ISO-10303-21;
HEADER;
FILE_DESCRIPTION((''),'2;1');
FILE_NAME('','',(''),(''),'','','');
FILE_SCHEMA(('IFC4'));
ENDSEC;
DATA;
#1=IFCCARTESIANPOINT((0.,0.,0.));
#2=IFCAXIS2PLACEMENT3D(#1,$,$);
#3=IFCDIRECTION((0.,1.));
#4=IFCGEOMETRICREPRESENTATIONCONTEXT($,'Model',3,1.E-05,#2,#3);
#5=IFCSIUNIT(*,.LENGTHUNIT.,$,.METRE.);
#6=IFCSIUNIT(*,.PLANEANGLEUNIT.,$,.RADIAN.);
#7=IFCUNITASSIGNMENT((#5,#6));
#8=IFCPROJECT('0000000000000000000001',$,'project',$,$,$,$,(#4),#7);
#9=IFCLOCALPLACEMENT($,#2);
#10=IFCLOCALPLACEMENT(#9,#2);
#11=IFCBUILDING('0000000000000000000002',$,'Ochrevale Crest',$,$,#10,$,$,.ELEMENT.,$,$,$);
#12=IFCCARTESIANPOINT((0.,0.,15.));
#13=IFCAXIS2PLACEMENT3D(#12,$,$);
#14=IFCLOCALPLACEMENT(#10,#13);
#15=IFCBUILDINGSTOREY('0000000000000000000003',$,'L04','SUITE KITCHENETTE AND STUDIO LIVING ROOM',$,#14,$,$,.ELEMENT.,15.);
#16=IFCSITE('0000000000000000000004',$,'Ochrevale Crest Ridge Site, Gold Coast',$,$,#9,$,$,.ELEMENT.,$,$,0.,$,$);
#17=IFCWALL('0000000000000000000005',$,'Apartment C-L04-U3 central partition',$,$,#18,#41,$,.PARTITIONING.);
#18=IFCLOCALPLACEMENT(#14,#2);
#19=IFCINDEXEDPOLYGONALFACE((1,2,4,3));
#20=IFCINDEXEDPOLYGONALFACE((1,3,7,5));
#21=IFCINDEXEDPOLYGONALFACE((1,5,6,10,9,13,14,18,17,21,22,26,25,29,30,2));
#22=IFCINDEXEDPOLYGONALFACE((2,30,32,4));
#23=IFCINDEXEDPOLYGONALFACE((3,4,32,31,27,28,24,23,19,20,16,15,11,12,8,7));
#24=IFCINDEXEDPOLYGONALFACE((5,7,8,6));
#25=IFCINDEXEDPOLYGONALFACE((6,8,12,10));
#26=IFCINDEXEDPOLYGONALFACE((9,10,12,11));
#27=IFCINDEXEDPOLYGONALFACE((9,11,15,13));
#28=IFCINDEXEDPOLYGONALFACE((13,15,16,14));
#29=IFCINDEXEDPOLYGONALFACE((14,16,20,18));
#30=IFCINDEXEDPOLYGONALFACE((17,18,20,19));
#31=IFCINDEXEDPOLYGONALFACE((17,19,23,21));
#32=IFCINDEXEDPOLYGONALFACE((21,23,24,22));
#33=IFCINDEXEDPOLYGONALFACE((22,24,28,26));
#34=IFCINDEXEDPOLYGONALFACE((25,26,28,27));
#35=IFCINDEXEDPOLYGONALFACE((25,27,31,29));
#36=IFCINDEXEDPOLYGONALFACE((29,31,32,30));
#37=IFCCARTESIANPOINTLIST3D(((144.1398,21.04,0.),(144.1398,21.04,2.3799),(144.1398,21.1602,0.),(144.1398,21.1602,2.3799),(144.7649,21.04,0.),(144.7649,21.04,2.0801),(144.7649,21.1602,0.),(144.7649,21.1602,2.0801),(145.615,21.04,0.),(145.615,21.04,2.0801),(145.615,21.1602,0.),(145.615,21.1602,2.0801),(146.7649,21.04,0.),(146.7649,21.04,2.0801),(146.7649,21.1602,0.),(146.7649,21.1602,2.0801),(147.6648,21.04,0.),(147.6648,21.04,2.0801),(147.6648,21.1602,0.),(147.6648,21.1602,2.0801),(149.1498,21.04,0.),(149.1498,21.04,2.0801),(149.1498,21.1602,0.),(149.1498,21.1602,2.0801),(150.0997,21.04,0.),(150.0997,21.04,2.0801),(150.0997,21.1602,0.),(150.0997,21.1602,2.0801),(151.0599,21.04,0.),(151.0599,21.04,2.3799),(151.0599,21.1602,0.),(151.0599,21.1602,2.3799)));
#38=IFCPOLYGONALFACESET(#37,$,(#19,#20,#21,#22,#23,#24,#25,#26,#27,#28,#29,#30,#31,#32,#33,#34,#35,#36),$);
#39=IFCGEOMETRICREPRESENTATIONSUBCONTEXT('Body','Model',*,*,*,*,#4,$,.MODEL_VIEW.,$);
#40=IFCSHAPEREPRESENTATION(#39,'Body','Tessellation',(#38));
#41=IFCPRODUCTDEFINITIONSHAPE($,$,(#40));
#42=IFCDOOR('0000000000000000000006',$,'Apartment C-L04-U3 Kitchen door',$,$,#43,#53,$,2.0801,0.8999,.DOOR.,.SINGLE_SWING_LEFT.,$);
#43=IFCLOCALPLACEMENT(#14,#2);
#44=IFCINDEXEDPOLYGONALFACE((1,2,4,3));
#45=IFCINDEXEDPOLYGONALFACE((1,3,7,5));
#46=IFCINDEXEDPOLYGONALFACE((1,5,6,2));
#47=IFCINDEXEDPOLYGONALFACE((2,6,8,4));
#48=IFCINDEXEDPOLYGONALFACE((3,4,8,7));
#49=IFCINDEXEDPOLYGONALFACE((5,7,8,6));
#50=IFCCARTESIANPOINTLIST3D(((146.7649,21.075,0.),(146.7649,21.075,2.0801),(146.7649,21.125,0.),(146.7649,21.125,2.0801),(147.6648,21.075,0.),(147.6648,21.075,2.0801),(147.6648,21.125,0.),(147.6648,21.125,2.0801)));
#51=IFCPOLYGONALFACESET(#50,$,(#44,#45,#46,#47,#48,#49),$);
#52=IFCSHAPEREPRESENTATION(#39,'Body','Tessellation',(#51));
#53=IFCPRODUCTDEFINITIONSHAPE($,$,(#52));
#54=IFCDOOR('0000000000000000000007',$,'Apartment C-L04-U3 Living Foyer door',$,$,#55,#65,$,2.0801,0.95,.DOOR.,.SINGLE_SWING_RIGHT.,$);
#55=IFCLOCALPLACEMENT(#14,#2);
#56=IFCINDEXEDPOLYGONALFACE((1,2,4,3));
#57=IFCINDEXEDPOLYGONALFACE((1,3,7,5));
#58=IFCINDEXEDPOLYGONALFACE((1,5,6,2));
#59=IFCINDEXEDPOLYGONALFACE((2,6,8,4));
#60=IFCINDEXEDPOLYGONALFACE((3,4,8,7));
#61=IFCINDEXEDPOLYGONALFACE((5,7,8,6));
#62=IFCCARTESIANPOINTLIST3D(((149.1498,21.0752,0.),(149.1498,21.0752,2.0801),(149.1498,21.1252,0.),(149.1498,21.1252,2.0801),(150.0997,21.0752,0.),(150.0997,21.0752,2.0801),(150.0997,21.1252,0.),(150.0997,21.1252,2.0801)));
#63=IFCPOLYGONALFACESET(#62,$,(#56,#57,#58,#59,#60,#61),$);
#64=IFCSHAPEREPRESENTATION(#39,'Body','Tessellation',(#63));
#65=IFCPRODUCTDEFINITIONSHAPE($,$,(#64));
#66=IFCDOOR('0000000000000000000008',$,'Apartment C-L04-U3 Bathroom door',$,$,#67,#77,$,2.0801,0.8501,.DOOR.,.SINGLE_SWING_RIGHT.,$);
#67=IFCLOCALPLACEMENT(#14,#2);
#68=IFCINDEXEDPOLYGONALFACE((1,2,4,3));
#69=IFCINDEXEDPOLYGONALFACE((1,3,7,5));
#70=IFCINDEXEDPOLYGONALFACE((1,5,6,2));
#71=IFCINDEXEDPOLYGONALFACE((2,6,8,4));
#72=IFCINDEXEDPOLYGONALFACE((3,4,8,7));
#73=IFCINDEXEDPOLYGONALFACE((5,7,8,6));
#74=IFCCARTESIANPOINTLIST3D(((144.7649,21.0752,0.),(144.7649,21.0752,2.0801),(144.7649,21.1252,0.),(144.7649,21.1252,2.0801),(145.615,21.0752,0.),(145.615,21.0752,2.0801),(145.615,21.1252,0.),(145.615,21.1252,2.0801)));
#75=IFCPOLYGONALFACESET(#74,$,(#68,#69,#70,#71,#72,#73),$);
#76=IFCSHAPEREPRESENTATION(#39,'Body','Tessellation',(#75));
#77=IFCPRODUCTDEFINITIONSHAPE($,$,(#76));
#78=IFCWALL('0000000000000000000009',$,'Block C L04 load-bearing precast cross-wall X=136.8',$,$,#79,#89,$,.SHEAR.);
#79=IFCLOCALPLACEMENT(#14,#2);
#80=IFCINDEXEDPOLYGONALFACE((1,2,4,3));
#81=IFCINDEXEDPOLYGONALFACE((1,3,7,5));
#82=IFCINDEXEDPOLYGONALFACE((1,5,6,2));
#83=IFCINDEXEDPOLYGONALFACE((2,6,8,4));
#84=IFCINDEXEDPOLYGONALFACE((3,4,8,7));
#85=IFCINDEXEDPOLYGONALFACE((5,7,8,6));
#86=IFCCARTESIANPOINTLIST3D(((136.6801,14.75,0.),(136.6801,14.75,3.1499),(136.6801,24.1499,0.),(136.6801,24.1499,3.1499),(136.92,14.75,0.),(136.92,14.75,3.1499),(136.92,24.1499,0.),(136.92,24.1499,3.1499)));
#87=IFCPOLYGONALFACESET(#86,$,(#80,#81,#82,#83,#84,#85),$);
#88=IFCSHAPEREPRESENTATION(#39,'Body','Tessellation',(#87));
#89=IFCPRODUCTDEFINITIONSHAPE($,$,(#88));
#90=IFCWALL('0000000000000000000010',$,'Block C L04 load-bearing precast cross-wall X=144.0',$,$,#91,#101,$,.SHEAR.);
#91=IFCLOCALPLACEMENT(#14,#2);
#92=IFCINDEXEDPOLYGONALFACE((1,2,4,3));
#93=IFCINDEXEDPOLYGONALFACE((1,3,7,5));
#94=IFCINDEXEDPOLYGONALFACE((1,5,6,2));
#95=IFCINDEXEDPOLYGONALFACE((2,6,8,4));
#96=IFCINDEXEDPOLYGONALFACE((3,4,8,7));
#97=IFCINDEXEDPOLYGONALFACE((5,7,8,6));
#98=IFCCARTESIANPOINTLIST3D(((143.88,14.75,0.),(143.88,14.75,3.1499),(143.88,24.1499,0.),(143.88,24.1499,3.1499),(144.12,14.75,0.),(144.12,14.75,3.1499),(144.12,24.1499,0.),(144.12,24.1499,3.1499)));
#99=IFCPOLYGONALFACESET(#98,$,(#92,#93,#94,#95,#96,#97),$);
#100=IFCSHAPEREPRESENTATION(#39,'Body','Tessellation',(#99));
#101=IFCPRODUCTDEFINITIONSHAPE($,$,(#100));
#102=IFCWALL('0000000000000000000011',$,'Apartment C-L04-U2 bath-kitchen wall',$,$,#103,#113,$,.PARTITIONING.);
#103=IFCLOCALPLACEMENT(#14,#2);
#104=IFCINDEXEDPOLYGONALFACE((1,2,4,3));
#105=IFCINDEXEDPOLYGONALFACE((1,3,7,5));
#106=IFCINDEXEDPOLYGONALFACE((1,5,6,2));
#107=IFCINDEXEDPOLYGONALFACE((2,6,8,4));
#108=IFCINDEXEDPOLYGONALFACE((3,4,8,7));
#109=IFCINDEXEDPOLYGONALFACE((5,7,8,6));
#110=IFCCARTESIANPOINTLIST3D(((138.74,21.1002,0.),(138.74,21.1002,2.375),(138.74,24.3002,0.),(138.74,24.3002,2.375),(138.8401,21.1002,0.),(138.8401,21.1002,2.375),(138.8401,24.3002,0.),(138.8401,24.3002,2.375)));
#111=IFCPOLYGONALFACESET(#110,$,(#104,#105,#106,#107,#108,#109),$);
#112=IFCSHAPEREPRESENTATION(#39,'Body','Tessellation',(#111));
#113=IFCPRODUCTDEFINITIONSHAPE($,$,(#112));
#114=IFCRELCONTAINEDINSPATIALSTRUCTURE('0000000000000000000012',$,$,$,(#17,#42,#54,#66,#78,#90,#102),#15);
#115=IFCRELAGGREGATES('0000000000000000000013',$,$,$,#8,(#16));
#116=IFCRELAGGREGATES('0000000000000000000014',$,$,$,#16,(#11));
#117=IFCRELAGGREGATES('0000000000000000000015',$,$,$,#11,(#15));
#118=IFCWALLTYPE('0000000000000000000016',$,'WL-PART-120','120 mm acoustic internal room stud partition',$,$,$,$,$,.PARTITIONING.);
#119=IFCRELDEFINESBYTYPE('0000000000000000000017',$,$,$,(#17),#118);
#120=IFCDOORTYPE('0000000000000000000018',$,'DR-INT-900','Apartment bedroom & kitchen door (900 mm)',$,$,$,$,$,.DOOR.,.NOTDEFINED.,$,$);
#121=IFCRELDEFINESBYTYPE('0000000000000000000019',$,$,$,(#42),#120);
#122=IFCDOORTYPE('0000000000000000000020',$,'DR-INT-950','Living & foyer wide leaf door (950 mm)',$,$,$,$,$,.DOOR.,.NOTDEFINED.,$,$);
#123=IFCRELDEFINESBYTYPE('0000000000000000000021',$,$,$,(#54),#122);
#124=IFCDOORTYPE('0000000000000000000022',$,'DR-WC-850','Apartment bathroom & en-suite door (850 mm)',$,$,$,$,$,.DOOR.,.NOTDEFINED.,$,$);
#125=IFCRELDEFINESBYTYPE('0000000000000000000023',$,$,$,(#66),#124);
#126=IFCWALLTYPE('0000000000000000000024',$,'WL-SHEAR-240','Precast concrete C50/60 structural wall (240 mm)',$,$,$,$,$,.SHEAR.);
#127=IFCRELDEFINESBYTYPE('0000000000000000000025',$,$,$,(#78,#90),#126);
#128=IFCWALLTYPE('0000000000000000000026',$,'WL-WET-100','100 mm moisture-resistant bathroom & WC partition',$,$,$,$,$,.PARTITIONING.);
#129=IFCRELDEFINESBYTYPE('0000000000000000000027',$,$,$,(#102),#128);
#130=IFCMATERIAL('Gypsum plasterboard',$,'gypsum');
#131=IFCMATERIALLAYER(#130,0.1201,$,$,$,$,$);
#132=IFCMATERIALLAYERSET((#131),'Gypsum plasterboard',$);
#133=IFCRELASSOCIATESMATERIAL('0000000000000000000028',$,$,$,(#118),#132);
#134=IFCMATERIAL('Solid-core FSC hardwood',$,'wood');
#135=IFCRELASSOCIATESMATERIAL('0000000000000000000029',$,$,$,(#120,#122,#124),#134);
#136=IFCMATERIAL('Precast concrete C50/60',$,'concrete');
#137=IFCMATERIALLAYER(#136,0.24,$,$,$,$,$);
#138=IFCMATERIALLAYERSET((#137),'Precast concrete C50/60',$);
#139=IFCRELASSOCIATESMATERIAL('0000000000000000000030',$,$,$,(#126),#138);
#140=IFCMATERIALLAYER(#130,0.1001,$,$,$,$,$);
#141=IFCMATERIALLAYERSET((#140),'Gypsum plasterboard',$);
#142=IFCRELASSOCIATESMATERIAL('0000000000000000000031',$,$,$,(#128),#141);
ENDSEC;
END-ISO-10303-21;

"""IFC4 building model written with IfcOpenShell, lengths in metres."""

from ifc_helpers import new_model, si_unit, direction, frame, frame_2d, origin, place, context, subcontext, project, spatial, rectangle, extrude, material, layer, layer_set, type_object, element, fill, save


model = new_model("IFC4")

# Units and contexts
model_context = context("Model", 3, precision=1e-05, world=origin(), true_north=direction((0.0, 1.0)))
body_context = subcontext(model_context, "Body", "Model", "MODEL_VIEW")
ifc_project = project(units=[si_unit("LENGTHUNIT", "METRE"), si_unit("PLANEANGLEUNIT", "RADIAN")], contexts=[model_context])

# Site, building, storey
site_placement = place(None, origin())
site = spatial("IfcSite", under=ifc_project, at=site_placement, Name="Ochrevale Crest Ridge Site, Gold Coast", CompositionType="ELEMENT", RefElevation=0.0)
building_placement = place(site_placement, origin())
building = spatial("IfcBuilding", under=site, at=building_placement, Name="Ochrevale Crest", CompositionType="ELEMENT")
storey_placement = place(building_placement, frame((0.0, 0.0, 15.0)))
storey = spatial("IfcBuildingStorey", under=building, at=storey_placement, Name="L04", Description="SUITE KITCHENETTE AND STUDIO LIVING ROOM", CompositionType="ELEMENT", Elevation=15.0)

# Shared definitions
ifc_material_1 = material(Name="Precast concrete C50/60", Category="concrete")

# Shared definitions
ifc_material_2 = material(Name="Gypsum plasterboard", Category="gypsum")
ifc_layer_1 = layer(ifc_material_2, 0.1201)
ifc_layer_set_1 = layer_set([ifc_layer_1], Name="Gypsum plasterboard")
wall_type_1 = type_object("IfcWallType", Name="WL-PART-120", Description="120 mm acoustic internal room stud partition", PredefinedType="PARTITIONING", material=ifc_layer_set_1)

# Shared definitions
ifc_material_3 = material(Name="Solid-core FSC hardwood", Category="wood")
door_type_1 = type_object("IfcDoorType", Name="DR-INT-900", Description="Apartment bedroom & kitchen door (900 mm)", OperationType="NOTDEFINED", PredefinedType="DOOR", material=ifc_material_3)

# Shared definitions
door_type_2 = type_object("IfcDoorType", Name="DR-INT-950", Description="Living & foyer wide leaf door (950 mm)", OperationType="NOTDEFINED", PredefinedType="DOOR", material=ifc_material_3)
door_type_3 = type_object("IfcDoorType", Name="DR-WC-850", Description="Apartment bathroom & en-suite door (850 mm)", OperationType="NOTDEFINED", PredefinedType="DOOR", material=ifc_material_3)

# Wall, openings, doors
wall_1_placement = place(storey_placement, frame((144.1399, 21.1001, 0.0), z_axis=(0.0, 0.0, 1.0), x_axis=(1.0, 0.0, 0.0)))
wall_1 = element("IfcWall", 1, at=wall_1_placement, inside=storey, type_object=wall_type_1, Name="Apartment C-L04-U3 central partition", PredefinedType="PARTITIONING", context=body_context, shape_type="SweptSolid", body=[
    extrude(rectangle(XDim=6.9202, YDim=0.1201, at=frame_2d((3.46, 0.0))), origin(), (0.0, 0.0, 1.0), 2.3799),
])
opening_1_placement = place(wall_1_placement, frame((1.4751, 0.0, 0.0), z_axis=(0.0, 0.0, 1.0), x_axis=(-1.0, 0.0, 0.0)))
opening_1 = element("IfcOpeningElement", 2, at=opening_1_placement, cuts=wall_1, PredefinedType="OPENING", context=body_context, shape_type="SweptSolid", body=[
    extrude(rectangle(XDim=0.8501, YDim=2.0801, at=frame_2d((0.425, 1.04))), frame((0.0, 0.0701, 0.0), z_axis=(0.0, -1.0, 0.0), x_axis=(1.0, 0.0, 0.0)), (0.0, 0.0, 1.0), 0.1401),
])
opening_2_placement = place(wall_1_placement, frame((2.625, 0.0, 0.0)))
opening_2 = element("IfcOpeningElement", 3, at=opening_2_placement, cuts=wall_1, PredefinedType="OPENING", context=body_context, shape_type="SweptSolid", body=[
    extrude(rectangle(XDim=0.8999, YDim=2.0801, at=frame_2d((0.45, 1.04))), frame((0.0, 0.0701, 0.0), z_axis=(0.0, -1.0, 0.0), x_axis=(1.0, 0.0, 0.0)), (0.0, 0.0, 1.0), 0.1401),
])
opening_3_placement = place(wall_1_placement, frame((5.96, 0.0, 0.0), z_axis=(0.0, 0.0, 1.0), x_axis=(-1.0, 0.0, 0.0)))
opening_3 = element("IfcOpeningElement", 4, at=opening_3_placement, cuts=wall_1, PredefinedType="OPENING", context=body_context, shape_type="SweptSolid", body=[
    extrude(rectangle(XDim=0.95, YDim=2.0801, at=frame_2d((0.4751, 1.04))), frame((0.0, 0.0701, 0.0), z_axis=(0.0, -1.0, 0.0), x_axis=(1.0, 0.0, 0.0)), (0.0, 0.0, 1.0), 0.1401),
])
door_1_placement = place(opening_2_placement, origin())
door_1 = element("IfcDoor", 5, at=door_1_placement, inside=storey, type_object=door_type_1, Name="Apartment C-L04-U3 Kitchen door", OperationType="SINGLE_SWING_LEFT", OverallHeight=2.0801, OverallWidth=0.8999, PredefinedType="DOOR", context=body_context, shape_type="SweptSolid", body=[
    extrude(rectangle(XDim=0.8999, YDim=2.0801, at=frame_2d((0.45, 1.04))), frame((0.0, 0.0249, 0.0), z_axis=(0.0, -1.0, 0.0), x_axis=(1.0, 0.0, 0.0)), (0.0, 0.0, 1.0), 0.05),
])
fill(opening_2, door_1)
door_2_placement = place(opening_3_placement, origin())
door_2 = element("IfcDoor", 6, at=door_2_placement, inside=storey, type_object=door_type_2, Name="Apartment C-L04-U3 Living Foyer door", OperationType="SINGLE_SWING_RIGHT", OverallHeight=2.0801, OverallWidth=0.95, PredefinedType="DOOR", context=body_context, shape_type="SweptSolid", body=[
    extrude(rectangle(XDim=0.95, YDim=2.0801, at=frame_2d((0.4751, 1.04))), frame((0.0, 0.0249, 0.0), z_axis=(0.0, -1.0, 0.0), x_axis=(1.0, 0.0, 0.0)), (0.0, 0.0, 1.0), 0.05),
])
fill(opening_3, door_2)
door_3_placement = place(opening_1_placement, origin())
door_3 = element("IfcDoor", 7, at=door_3_placement, inside=storey, type_object=door_type_3, Name="Apartment C-L04-U3 Bathroom door", OperationType="SINGLE_SWING_RIGHT", OverallHeight=2.0801, OverallWidth=0.8501, PredefinedType="DOOR", context=body_context, shape_type="SweptSolid", body=[
    extrude(rectangle(XDim=0.8501, YDim=2.0801, at=frame_2d((0.425, 1.04))), frame((0.0, 0.0249, 0.0), z_axis=(0.0, -1.0, 0.0), x_axis=(1.0, 0.0, 0.0)), (0.0, 0.0, 1.0), 0.05),
])
fill(opening_1, door_3)

# Walls
ifc_layer_2 = layer(ifc_material_1, 0.24)
ifc_layer_set_2 = layer_set([ifc_layer_2], Name="Precast concrete C50/60")
wall_type_2 = type_object("IfcWallType", Name="WL-SHEAR-240", Description="Precast concrete C50/60 structural wall (240 mm)", PredefinedType="SHEAR", material=ifc_layer_set_2)
for number, where, z_axis, x_axis, name in (
    (8, (136.8, 14.75, 0.0), (0.0, 0.0, 1.0), (0.0, 1.0, 0.0), "Block C L04 load-bearing precast cross-wall X=136.8"),
    (9, (144.0, 14.75, 0.0), (0.0, 0.0, 1.0), (0.0, 1.0, 0.0), "Block C L04 load-bearing precast cross-wall X=144.0"),
):
    element("IfcWall", number, at=place(storey_placement, frame(where, z_axis=z_axis, x_axis=x_axis)), inside=storey, type_object=wall_type_2, Name=name, PredefinedType="SHEAR", context=body_context, shape_type="SweptSolid", body=[
        extrude(rectangle(XDim=9.3999, YDim=0.24, at=frame_2d((4.7, 0.0))), origin(), (0.0, 0.0, 1.0), 3.1499),
    ])
ifc_layer_3 = layer(ifc_material_2, 0.1001)
ifc_layer_set_3 = layer_set([ifc_layer_3], Name="Gypsum plasterboard")
wall_type_3 = type_object("IfcWallType", Name="WL-WET-100", Description="100 mm moisture-resistant bathroom & WC partition", PredefinedType="PARTITIONING", material=ifc_layer_set_3)
wall_2_placement = place(storey_placement, frame((138.79, 21.1001, 0.0), z_axis=(0.0, 0.0, 1.0), x_axis=(0.0, 1.0, 0.0)))
element("IfcWall", 10, at=wall_2_placement, inside=storey, type_object=wall_type_3, Name="Apartment C-L04-U2 bath-kitchen wall", PredefinedType="PARTITIONING", context=body_context, shape_type="SweptSolid", body=[
    extrude(rectangle(XDim=3.2, YDim=0.1001, at=frame_2d((1.6001, 0.0))), origin(), (0.0, 0.0, 1.0), 2.375),
])

save(model, "model.ifc")
